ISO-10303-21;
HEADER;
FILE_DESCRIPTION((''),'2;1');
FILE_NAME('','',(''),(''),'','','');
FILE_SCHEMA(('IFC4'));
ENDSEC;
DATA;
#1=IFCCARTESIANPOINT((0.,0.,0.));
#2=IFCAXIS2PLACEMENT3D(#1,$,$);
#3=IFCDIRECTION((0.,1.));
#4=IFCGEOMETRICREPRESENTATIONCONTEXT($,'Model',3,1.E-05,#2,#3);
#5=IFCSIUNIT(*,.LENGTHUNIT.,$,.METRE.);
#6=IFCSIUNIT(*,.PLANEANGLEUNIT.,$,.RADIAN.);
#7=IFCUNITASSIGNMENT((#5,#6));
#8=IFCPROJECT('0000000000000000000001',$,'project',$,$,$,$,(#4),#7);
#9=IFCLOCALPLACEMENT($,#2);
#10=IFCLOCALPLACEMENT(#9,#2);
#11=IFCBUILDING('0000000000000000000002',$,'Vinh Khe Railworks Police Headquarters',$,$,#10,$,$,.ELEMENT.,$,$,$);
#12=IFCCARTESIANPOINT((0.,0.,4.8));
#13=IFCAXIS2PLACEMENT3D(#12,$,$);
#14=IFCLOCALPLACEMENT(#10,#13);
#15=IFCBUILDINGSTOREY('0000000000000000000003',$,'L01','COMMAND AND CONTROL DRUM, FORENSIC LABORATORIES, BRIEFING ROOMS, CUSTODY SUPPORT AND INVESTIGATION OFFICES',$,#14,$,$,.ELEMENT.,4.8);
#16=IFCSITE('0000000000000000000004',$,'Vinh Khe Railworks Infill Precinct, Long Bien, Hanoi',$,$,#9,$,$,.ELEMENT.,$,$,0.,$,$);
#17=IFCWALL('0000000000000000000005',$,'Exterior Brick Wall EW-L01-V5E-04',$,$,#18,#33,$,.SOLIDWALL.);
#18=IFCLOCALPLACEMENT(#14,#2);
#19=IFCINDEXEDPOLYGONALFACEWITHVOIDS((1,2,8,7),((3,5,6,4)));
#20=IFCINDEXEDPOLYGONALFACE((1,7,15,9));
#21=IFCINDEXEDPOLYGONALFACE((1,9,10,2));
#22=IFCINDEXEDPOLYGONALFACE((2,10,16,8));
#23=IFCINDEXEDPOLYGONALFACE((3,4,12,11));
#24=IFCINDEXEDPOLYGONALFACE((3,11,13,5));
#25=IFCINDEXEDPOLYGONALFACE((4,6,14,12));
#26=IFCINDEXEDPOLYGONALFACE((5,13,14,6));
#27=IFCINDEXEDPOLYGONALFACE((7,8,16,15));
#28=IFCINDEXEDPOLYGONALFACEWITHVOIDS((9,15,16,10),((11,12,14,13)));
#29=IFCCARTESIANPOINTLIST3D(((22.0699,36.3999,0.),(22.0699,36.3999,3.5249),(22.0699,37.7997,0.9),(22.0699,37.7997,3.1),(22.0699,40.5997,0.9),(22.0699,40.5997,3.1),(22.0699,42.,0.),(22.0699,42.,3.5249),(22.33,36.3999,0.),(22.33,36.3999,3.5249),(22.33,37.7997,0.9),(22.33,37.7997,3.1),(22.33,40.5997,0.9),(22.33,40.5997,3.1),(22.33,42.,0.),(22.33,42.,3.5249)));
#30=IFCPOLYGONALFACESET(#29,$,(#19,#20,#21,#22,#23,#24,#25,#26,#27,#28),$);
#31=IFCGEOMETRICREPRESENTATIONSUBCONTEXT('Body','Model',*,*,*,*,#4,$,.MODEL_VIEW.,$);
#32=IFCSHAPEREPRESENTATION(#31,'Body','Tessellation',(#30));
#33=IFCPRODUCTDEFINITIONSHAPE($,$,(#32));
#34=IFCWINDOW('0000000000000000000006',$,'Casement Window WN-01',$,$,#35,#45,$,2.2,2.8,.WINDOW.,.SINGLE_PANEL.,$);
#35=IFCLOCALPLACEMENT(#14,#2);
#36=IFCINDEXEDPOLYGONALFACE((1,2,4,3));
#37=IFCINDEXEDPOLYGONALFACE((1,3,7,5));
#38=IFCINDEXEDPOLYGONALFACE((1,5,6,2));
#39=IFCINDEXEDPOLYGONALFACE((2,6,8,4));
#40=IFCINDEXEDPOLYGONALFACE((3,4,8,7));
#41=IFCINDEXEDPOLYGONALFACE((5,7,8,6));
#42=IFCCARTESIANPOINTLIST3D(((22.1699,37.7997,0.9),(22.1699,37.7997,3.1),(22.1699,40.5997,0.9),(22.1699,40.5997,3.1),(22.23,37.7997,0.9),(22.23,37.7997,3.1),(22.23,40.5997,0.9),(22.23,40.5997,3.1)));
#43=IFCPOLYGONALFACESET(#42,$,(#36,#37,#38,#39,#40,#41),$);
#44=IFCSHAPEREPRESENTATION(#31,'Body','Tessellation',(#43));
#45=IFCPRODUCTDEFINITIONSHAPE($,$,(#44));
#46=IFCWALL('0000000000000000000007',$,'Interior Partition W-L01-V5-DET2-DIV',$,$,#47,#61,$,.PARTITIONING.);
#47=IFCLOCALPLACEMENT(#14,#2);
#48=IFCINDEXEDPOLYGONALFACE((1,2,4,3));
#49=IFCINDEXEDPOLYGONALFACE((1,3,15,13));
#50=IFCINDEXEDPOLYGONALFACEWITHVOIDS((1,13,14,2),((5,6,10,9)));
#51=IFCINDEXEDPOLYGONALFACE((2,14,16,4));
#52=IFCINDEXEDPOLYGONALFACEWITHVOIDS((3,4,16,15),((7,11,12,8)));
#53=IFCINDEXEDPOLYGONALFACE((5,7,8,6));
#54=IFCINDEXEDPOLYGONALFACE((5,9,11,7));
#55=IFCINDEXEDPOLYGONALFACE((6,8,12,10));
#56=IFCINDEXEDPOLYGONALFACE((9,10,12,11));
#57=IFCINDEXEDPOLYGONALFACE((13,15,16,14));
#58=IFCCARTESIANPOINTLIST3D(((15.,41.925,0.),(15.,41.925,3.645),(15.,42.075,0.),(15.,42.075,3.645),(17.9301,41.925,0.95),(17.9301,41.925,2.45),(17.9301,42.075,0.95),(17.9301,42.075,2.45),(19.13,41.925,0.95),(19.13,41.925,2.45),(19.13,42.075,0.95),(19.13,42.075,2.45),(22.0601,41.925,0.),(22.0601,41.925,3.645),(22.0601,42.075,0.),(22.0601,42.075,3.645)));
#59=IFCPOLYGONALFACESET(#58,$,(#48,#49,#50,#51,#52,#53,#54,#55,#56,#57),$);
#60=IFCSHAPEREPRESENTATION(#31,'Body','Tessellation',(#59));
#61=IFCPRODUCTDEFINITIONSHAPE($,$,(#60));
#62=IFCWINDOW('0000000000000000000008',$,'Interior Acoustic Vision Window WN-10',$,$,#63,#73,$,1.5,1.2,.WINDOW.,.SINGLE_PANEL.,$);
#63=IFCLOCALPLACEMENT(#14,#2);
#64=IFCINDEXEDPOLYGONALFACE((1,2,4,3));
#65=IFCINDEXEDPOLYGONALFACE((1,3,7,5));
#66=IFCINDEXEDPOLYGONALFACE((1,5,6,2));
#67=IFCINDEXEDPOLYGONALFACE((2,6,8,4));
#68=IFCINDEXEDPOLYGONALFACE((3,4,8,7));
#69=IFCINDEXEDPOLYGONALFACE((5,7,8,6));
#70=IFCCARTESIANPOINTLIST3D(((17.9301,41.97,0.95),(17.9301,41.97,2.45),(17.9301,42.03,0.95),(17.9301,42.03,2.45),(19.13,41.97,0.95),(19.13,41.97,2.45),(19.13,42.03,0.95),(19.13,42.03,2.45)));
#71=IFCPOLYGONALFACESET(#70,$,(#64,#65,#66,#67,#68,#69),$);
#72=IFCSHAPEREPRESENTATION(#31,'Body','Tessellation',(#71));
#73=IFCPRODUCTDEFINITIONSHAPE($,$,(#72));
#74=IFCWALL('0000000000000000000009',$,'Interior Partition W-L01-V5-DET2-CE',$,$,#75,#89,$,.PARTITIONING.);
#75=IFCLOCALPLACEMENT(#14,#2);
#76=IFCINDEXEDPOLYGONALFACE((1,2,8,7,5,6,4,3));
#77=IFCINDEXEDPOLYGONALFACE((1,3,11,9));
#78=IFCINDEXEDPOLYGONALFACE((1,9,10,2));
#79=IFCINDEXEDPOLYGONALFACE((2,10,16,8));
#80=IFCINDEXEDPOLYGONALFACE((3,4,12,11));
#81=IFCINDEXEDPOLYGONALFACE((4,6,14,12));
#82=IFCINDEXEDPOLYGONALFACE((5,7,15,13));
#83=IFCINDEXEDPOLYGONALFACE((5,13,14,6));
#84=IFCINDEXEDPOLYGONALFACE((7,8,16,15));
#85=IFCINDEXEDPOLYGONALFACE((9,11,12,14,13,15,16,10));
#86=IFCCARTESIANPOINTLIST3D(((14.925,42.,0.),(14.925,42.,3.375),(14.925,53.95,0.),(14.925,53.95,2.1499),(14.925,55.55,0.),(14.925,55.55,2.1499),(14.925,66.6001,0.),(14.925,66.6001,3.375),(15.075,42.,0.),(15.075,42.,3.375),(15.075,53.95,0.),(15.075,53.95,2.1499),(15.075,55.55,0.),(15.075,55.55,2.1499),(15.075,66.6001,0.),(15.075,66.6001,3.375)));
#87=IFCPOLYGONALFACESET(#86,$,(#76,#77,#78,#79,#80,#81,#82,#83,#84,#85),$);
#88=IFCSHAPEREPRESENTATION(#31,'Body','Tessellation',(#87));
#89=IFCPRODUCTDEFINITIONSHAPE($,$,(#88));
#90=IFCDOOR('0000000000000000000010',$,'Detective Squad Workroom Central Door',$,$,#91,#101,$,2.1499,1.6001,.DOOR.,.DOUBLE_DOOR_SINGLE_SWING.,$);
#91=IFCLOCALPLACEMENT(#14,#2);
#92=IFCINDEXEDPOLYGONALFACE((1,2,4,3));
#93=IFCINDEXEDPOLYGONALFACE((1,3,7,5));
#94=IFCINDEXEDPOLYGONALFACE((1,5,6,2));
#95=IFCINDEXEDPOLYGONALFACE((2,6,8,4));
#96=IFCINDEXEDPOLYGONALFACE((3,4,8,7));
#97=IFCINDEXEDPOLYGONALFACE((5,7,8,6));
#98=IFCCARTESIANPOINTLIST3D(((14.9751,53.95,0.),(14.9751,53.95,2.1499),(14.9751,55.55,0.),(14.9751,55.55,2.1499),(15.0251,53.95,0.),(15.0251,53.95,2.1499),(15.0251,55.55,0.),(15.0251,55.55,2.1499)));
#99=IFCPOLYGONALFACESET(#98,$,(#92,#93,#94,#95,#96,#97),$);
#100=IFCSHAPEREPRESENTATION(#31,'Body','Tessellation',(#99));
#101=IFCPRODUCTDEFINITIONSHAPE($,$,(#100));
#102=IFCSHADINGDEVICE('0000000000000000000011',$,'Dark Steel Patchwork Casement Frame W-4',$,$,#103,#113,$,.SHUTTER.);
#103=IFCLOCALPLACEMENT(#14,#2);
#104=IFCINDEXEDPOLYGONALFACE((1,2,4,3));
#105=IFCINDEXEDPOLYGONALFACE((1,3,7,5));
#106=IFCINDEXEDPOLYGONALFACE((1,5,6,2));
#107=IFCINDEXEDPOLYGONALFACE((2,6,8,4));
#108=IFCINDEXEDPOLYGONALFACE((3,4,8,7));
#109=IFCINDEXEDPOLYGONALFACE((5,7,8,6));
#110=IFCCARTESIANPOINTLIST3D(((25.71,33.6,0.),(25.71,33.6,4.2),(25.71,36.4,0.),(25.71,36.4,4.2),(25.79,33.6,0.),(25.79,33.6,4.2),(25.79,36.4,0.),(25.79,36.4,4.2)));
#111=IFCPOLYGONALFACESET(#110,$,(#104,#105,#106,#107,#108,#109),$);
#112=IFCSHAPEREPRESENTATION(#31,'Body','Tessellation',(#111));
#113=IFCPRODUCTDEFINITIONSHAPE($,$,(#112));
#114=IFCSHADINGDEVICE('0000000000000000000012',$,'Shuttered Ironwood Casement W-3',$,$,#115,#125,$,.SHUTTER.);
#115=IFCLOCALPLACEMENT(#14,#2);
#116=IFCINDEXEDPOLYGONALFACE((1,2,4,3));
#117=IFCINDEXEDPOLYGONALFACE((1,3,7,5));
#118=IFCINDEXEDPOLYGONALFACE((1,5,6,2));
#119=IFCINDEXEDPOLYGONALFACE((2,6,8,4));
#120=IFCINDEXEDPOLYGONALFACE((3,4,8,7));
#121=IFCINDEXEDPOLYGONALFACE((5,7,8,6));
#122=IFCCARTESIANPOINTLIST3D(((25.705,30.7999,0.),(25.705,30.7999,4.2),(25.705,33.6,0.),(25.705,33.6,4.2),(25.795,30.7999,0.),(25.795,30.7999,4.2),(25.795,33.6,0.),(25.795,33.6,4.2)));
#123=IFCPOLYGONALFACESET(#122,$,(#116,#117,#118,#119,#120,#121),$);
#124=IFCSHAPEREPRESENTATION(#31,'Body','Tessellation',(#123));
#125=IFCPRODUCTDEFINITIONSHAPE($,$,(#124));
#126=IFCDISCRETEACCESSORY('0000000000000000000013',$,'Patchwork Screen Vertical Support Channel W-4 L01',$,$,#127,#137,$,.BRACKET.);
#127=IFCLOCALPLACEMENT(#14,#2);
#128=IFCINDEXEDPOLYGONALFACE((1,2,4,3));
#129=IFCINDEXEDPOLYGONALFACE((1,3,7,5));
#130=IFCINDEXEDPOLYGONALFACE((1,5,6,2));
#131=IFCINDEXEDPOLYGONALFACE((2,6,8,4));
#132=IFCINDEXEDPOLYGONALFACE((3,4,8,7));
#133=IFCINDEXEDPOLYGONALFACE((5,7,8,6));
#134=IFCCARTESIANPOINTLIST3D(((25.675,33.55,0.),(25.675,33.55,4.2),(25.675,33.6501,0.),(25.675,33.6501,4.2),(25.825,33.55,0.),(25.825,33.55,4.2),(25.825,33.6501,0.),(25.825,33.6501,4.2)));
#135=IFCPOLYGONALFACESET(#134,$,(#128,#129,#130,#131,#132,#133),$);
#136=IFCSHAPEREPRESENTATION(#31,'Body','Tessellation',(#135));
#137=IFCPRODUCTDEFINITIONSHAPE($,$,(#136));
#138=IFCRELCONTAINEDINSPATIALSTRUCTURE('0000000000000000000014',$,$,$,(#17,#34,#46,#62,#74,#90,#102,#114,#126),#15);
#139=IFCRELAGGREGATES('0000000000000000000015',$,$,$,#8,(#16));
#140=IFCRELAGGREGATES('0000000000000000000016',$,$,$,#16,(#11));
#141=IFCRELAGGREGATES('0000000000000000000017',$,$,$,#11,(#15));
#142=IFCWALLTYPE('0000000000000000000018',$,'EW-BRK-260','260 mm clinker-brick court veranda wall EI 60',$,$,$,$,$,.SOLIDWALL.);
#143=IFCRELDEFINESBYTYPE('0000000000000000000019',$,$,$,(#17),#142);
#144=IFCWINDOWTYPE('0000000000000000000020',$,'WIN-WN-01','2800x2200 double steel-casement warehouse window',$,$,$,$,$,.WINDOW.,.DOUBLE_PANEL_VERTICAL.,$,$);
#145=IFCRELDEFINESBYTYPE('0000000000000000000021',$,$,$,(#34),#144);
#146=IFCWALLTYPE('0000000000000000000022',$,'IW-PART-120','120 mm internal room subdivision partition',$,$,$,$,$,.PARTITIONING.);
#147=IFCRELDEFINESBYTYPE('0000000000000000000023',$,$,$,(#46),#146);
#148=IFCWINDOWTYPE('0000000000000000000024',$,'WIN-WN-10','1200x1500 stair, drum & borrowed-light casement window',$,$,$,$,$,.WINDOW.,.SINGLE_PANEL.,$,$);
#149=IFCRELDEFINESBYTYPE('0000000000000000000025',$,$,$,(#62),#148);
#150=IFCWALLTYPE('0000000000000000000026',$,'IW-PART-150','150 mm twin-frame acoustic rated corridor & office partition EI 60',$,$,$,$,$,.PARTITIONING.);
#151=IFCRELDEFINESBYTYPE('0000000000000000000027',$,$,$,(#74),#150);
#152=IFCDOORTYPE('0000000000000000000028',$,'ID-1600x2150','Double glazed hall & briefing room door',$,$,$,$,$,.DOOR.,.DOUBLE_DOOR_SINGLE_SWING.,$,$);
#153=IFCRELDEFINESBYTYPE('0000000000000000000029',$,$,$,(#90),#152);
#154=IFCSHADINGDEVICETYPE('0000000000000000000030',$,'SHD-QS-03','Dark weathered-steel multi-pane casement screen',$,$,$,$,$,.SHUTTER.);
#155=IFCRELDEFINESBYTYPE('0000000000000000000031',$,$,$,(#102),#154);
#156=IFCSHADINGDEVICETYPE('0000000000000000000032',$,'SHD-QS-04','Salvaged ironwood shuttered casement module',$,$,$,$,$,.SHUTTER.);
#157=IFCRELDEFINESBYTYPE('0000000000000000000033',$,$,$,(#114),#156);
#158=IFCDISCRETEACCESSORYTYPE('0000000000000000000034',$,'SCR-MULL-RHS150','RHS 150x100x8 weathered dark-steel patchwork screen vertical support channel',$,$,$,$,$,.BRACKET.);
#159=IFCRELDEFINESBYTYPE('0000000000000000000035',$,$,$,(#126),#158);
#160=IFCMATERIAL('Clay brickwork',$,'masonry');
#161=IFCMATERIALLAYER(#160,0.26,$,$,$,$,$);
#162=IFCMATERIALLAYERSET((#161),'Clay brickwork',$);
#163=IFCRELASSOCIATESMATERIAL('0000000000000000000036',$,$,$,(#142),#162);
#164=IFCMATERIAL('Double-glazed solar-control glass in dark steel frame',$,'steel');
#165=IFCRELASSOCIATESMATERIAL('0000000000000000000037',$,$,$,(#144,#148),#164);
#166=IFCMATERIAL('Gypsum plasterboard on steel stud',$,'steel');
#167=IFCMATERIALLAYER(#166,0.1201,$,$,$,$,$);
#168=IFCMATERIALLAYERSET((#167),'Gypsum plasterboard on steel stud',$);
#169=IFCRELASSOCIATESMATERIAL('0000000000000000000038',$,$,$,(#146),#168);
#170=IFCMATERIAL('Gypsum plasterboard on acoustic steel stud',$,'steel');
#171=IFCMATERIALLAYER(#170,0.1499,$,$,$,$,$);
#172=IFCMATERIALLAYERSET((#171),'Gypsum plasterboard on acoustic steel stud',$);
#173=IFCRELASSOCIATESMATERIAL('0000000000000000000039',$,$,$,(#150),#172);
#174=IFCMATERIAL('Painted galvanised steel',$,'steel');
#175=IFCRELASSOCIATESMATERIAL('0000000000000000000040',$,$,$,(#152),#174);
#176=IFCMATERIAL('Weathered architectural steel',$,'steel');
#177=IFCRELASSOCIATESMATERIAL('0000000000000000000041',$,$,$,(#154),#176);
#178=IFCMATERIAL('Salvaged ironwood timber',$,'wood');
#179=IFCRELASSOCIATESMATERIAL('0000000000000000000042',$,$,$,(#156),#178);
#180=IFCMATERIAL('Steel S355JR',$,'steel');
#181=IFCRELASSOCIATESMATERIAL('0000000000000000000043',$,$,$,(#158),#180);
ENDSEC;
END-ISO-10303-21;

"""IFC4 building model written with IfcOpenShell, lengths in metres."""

from ifc_helpers import new_model, si_unit, direction, frame, frame_2d, origin, origin_2d, place, context, subcontext, project, spatial, rectangle, extrude, material, layer, layer_set, type_object, element, fill, save


model = new_model("IFC4")

# Units and contexts
model_context = context("Model", 3, precision=1e-05, world=origin(), true_north=direction((0.0, 1.0)))
body_context = subcontext(model_context, "Body", "Model", "MODEL_VIEW")
ifc_project = project(units=[si_unit("LENGTHUNIT", "METRE"), si_unit("PLANEANGLEUNIT", "RADIAN")], contexts=[model_context])

# Site, building, storey
site_placement = place(None, origin())
site = spatial("IfcSite", under=ifc_project, at=site_placement, Name="Vinh Khe Railworks Infill Precinct, Long Bien, Hanoi", CompositionType="ELEMENT", RefElevation=0.0)
building_placement = place(site_placement, origin())
building = spatial("IfcBuilding", under=site, at=building_placement, Name="Vinh Khe Railworks Police Headquarters", CompositionType="ELEMENT")
storey_placement = place(building_placement, frame((0.0, 0.0, 4.8)))
storey = spatial("IfcBuildingStorey", under=building, at=storey_placement, Name="L01", Description="COMMAND AND CONTROL DRUM, FORENSIC LABORATORIES, BRIEFING ROOMS, CUSTODY SUPPORT AND INVESTIGATION OFFICES", CompositionType="ELEMENT", Elevation=4.8)

# Shared definitions
ifc_material_1 = material(Name="Steel S355JR", Category="steel")

# Shared definitions
ifc_material_2 = material(Name="Salvaged ironwood timber", Category="wood")

# Walls, openings, windows
ifc_material_3 = material(Name="Clay brickwork", Category="masonry")
ifc_layer_1 = layer(ifc_material_3, 0.26)
ifc_layer_set_1 = layer_set([ifc_layer_1], Name="Clay brickwork")
wall_type_1 = type_object("IfcWallType", Name="EW-BRK-260", Description="260 mm clinker-brick court veranda wall EI 60", PredefinedType="SOLIDWALL", material=ifc_layer_set_1)
wall_1_placement = place(storey_placement, frame((22.2, 36.3999, 0.0), z_axis=(0.0, 0.0, 1.0), x_axis=(0.0, 1.0, 0.0)))
wall_1 = element("IfcWall", 1, at=wall_1_placement, inside=storey, type_object=wall_type_1, Name="Exterior Brick Wall EW-L01-V5E-04", PredefinedType="SOLIDWALL", context=body_context, shape_type="SweptSolid", body=[
    extrude(rectangle(XDim=5.6001, YDim=0.26, at=frame_2d((2.8, 0.0))), origin(), (0.0, 0.0, 1.0), 3.5249),
])
opening_1_placement = place(wall_1_placement, frame((1.3999, 0.0, 0.8999)))
opening_1 = element("IfcOpeningElement", 2, at=opening_1_placement, cuts=wall_1, PredefinedType="OPENING", context=body_context, shape_type="SweptSolid", body=[
    extrude(rectangle(XDim=2.8, YDim=2.2, at=frame_2d((1.3999, 1.1001))), frame((0.0, 0.145, 0.0), z_axis=(0.0, -1.0, 0.0), x_axis=(1.0, 0.0, 0.0)), (0.0, 0.0, 1.0), 0.2898),
])
ifc_material_4 = material(Name="Double-glazed solar-control glass in dark steel frame", Category="steel")
window_type_1 = type_object("IfcWindowType", Name="WIN-WN-01", Description="2800x2200 double steel-casement warehouse window", PartitioningType="DOUBLE_PANEL_VERTICAL", PredefinedType="WINDOW", material=ifc_material_4)
window_1_placement = place(opening_1_placement, origin())
window_1 = element("IfcWindow", 3, at=window_1_placement, inside=storey, type_object=window_type_1, Name="Casement Window WN-01", OverallHeight=2.2, OverallWidth=2.8, PartitioningType="SINGLE_PANEL", PredefinedType="WINDOW", context=body_context, shape_type="SweptSolid", body=[
    extrude(rectangle(XDim=2.8, YDim=2.2, at=frame_2d((1.3999, 1.1001))), frame((0.0, 0.03, 0.0), z_axis=(0.0, -1.0, 0.0), x_axis=(1.0, 0.0, 0.0)), (0.0, 0.0, 1.0), 0.0601),
])
fill(opening_1, window_1)
ifc_material_5 = material(Name="Gypsum plasterboard on steel stud", Category="steel")
ifc_layer_2 = layer(ifc_material_5, 0.1201)
ifc_layer_set_2 = layer_set([ifc_layer_2], Name="Gypsum plasterboard on steel stud")
wall_type_2 = type_object("IfcWallType", Name="IW-PART-120", Description="120 mm internal room subdivision partition", PredefinedType="PARTITIONING", material=ifc_layer_set_2)
wall_2_placement = place(storey_placement, frame((15.0, 42.0, 0.0), z_axis=(0.0, 0.0, 1.0), x_axis=(1.0, 0.0, 0.0)))
wall_2 = element("IfcWall", 4, at=wall_2_placement, inside=storey, type_object=wall_type_2, Name="Interior Partition W-L01-V5-DET2-DIV", PredefinedType="PARTITIONING", context=body_context, shape_type="SweptSolid", body=[
    extrude(rectangle(XDim=7.0601, YDim=0.1499, at=frame_2d((3.53, 0.0))), origin(), (0.0, 0.0, 1.0), 3.645),
])
opening_2_placement = place(wall_2_placement, frame((2.9299, 0.0, 0.95)))
opening_2 = element("IfcOpeningElement", 5, at=opening_2_placement, cuts=wall_2, PredefinedType="OPENING", context=body_context, shape_type="SweptSolid", body=[
    extrude(rectangle(XDim=1.2, YDim=1.5, at=frame_2d((0.6001, 0.75))), frame((0.0, 0.0898, 0.0), z_axis=(0.0, -1.0, 0.0), x_axis=(1.0, 0.0, 0.0)), (0.0, 0.0, 1.0), 0.1797),
])
window_type_2 = type_object("IfcWindowType", Name="WIN-WN-10", Description="1200x1500 stair, drum & borrowed-light casement window", PartitioningType="SINGLE_PANEL", PredefinedType="WINDOW", material=ifc_material_4)
window_2_placement = place(opening_2_placement, origin())
window_2 = element("IfcWindow", 6, at=window_2_placement, inside=storey, type_object=window_type_2, Name="Interior Acoustic Vision Window WN-10", OverallHeight=1.5, OverallWidth=1.2, PartitioningType="SINGLE_PANEL", PredefinedType="WINDOW", context=body_context, shape_type="SweptSolid", body=[
    extrude(rectangle(XDim=1.2, YDim=1.5, at=frame_2d((0.6001, 0.75))), frame((0.0, 0.03, 0.0), z_axis=(0.0, -1.0, 0.0), x_axis=(1.0, 0.0, 0.0)), (0.0, 0.0, 1.0), 0.0601),
])
fill(opening_2, window_2)

# Wall, opening, door
ifc_material_6 = material(Name="Gypsum plasterboard on acoustic steel stud", Category="steel")
ifc_layer_3 = layer(ifc_material_6, 0.1499)
ifc_layer_set_3 = layer_set([ifc_layer_3], Name="Gypsum plasterboard on acoustic steel stud")
wall_type_3 = type_object("IfcWallType", Name="IW-PART-150", Description="150 mm twin-frame acoustic rated corridor & office partition EI 60", PredefinedType="PARTITIONING", material=ifc_layer_set_3)
wall_3_placement = place(storey_placement, frame((15.0, 42.0, 0.0), z_axis=(0.0, 0.0, 1.0), x_axis=(0.0, 1.0, 0.0)))
wall_3 = element("IfcWall", 7, at=wall_3_placement, inside=storey, type_object=wall_type_3, Name="Interior Partition W-L01-V5-DET2-CE", PredefinedType="PARTITIONING", context=body_context, shape_type="SweptSolid", body=[
    extrude(rectangle(XDim=24.6001, YDim=0.1499, at=frame_2d((12.3, 0.0))), origin(), (0.0, 0.0, 1.0), 3.375),
])
opening_3_placement = place(wall_3_placement, frame((11.95, 0.0, 0.0)))
opening_3 = element("IfcOpeningElement", 8, at=opening_3_placement, cuts=wall_3, PredefinedType="OPENING", context=body_context, shape_type="SweptSolid", body=[
    extrude(rectangle(XDim=1.6001, YDim=2.1499, at=frame_2d((0.8, 1.075))), frame((0.0, 0.0898, 0.0), z_axis=(0.0, -1.0, 0.0), x_axis=(1.0, 0.0, 0.0)), (0.0, 0.0, 1.0), 0.1797),
])
ifc_material_7 = material(Name="Painted galvanised steel", Category="steel")
door_type = type_object("IfcDoorType", Name="ID-1600x2150", Description="Double glazed hall & briefing room door", OperationType="DOUBLE_DOOR_SINGLE_SWING", PredefinedType="DOOR", material=ifc_material_7)
door_placement = place(opening_3_placement, origin())
door = element("IfcDoor", 9, at=door_placement, inside=storey, type_object=door_type, Name="Detective Squad Workroom Central Door", OperationType="DOUBLE_DOOR_SINGLE_SWING", OverallHeight=2.1499, OverallWidth=1.6001, PredefinedType="DOOR", context=body_context, shape_type="SweptSolid", body=[
    extrude(rectangle(XDim=1.6001, YDim=2.1499, at=frame_2d((0.8, 1.075))), frame((0.0, 0.0249, 0.0), z_axis=(0.0, -1.0, 0.0), x_axis=(1.0, 0.0, 0.0)), (0.0, 0.0, 1.0), 0.05),
])
fill(opening_3, door)

# Shading devices
ifc_material_8 = material(Name="Weathered architectural steel", Category="steel")
shading_device_type_1 = type_object("IfcShadingDeviceType", Name="SHD-QS-03", Description="Dark weathered-steel multi-pane casement screen", PredefinedType="SHUTTER", material=ifc_material_8)
shading_device_1_placement = place(storey_placement, frame((25.75, 35.0, 0.0), z_axis=(0.0, 0.0, 1.0), x_axis=(0.0, 1.0, 0.0)))
element("IfcShadingDevice", 10, at=shading_device_1_placement, inside=storey, type_object=shading_device_type_1, Name="Dark Steel Patchwork Casement Frame W-4", PredefinedType="SHUTTER", context=body_context, shape_type="SweptSolid", body=[
    extrude(rectangle(XDim=2.8, YDim=0.0801, at=origin_2d()), origin(), (0.0, 0.0, 1.0), 4.2),
])
shading_device_type_2 = type_object("IfcShadingDeviceType", Name="SHD-QS-04", Description="Salvaged ironwood shuttered casement module", PredefinedType="SHUTTER", material=ifc_material_2)
shading_device_2_placement = place(storey_placement, frame((25.75, 32.2, 0.0), z_axis=(0.0, 0.0, 1.0), x_axis=(0.0, 1.0, 0.0)))
element("IfcShadingDevice", 11, at=shading_device_2_placement, inside=storey, type_object=shading_device_type_2, Name="Shuttered Ironwood Casement W-3", PredefinedType="SHUTTER", context=body_context, shape_type="SweptSolid", body=[
    extrude(rectangle(XDim=2.8, YDim=0.0901, at=origin_2d()), origin(), (0.0, 0.0, 1.0), 4.2),
])

# Discrete accessory
discrete_accessory_type = type_object("IfcDiscreteAccessoryType", Name="SCR-MULL-RHS150", Description="RHS 150x100x8 weathered dark-steel patchwork screen vertical support channel", PredefinedType="BRACKET", material=ifc_material_1)
discrete_accessory_placement = place(storey_placement, frame((25.75, 33.6001, 0.0), z_axis=(0.0, 0.0, 1.0), x_axis=(1.0, 0.0, 0.0)))
element("IfcDiscreteAccessory", 12, at=discrete_accessory_placement, inside=storey, type_object=discrete_accessory_type, Name="Patchwork Screen Vertical Support Channel W-4 L01", PredefinedType="BRACKET", context=body_context, shape_type="SweptSolid", body=[
    extrude(rectangle(XDim=0.1499, YDim=0.1001, at=origin_2d()), origin(), (0.0, 0.0, 1.0), 4.2),
])

save(model, "model.ifc")
